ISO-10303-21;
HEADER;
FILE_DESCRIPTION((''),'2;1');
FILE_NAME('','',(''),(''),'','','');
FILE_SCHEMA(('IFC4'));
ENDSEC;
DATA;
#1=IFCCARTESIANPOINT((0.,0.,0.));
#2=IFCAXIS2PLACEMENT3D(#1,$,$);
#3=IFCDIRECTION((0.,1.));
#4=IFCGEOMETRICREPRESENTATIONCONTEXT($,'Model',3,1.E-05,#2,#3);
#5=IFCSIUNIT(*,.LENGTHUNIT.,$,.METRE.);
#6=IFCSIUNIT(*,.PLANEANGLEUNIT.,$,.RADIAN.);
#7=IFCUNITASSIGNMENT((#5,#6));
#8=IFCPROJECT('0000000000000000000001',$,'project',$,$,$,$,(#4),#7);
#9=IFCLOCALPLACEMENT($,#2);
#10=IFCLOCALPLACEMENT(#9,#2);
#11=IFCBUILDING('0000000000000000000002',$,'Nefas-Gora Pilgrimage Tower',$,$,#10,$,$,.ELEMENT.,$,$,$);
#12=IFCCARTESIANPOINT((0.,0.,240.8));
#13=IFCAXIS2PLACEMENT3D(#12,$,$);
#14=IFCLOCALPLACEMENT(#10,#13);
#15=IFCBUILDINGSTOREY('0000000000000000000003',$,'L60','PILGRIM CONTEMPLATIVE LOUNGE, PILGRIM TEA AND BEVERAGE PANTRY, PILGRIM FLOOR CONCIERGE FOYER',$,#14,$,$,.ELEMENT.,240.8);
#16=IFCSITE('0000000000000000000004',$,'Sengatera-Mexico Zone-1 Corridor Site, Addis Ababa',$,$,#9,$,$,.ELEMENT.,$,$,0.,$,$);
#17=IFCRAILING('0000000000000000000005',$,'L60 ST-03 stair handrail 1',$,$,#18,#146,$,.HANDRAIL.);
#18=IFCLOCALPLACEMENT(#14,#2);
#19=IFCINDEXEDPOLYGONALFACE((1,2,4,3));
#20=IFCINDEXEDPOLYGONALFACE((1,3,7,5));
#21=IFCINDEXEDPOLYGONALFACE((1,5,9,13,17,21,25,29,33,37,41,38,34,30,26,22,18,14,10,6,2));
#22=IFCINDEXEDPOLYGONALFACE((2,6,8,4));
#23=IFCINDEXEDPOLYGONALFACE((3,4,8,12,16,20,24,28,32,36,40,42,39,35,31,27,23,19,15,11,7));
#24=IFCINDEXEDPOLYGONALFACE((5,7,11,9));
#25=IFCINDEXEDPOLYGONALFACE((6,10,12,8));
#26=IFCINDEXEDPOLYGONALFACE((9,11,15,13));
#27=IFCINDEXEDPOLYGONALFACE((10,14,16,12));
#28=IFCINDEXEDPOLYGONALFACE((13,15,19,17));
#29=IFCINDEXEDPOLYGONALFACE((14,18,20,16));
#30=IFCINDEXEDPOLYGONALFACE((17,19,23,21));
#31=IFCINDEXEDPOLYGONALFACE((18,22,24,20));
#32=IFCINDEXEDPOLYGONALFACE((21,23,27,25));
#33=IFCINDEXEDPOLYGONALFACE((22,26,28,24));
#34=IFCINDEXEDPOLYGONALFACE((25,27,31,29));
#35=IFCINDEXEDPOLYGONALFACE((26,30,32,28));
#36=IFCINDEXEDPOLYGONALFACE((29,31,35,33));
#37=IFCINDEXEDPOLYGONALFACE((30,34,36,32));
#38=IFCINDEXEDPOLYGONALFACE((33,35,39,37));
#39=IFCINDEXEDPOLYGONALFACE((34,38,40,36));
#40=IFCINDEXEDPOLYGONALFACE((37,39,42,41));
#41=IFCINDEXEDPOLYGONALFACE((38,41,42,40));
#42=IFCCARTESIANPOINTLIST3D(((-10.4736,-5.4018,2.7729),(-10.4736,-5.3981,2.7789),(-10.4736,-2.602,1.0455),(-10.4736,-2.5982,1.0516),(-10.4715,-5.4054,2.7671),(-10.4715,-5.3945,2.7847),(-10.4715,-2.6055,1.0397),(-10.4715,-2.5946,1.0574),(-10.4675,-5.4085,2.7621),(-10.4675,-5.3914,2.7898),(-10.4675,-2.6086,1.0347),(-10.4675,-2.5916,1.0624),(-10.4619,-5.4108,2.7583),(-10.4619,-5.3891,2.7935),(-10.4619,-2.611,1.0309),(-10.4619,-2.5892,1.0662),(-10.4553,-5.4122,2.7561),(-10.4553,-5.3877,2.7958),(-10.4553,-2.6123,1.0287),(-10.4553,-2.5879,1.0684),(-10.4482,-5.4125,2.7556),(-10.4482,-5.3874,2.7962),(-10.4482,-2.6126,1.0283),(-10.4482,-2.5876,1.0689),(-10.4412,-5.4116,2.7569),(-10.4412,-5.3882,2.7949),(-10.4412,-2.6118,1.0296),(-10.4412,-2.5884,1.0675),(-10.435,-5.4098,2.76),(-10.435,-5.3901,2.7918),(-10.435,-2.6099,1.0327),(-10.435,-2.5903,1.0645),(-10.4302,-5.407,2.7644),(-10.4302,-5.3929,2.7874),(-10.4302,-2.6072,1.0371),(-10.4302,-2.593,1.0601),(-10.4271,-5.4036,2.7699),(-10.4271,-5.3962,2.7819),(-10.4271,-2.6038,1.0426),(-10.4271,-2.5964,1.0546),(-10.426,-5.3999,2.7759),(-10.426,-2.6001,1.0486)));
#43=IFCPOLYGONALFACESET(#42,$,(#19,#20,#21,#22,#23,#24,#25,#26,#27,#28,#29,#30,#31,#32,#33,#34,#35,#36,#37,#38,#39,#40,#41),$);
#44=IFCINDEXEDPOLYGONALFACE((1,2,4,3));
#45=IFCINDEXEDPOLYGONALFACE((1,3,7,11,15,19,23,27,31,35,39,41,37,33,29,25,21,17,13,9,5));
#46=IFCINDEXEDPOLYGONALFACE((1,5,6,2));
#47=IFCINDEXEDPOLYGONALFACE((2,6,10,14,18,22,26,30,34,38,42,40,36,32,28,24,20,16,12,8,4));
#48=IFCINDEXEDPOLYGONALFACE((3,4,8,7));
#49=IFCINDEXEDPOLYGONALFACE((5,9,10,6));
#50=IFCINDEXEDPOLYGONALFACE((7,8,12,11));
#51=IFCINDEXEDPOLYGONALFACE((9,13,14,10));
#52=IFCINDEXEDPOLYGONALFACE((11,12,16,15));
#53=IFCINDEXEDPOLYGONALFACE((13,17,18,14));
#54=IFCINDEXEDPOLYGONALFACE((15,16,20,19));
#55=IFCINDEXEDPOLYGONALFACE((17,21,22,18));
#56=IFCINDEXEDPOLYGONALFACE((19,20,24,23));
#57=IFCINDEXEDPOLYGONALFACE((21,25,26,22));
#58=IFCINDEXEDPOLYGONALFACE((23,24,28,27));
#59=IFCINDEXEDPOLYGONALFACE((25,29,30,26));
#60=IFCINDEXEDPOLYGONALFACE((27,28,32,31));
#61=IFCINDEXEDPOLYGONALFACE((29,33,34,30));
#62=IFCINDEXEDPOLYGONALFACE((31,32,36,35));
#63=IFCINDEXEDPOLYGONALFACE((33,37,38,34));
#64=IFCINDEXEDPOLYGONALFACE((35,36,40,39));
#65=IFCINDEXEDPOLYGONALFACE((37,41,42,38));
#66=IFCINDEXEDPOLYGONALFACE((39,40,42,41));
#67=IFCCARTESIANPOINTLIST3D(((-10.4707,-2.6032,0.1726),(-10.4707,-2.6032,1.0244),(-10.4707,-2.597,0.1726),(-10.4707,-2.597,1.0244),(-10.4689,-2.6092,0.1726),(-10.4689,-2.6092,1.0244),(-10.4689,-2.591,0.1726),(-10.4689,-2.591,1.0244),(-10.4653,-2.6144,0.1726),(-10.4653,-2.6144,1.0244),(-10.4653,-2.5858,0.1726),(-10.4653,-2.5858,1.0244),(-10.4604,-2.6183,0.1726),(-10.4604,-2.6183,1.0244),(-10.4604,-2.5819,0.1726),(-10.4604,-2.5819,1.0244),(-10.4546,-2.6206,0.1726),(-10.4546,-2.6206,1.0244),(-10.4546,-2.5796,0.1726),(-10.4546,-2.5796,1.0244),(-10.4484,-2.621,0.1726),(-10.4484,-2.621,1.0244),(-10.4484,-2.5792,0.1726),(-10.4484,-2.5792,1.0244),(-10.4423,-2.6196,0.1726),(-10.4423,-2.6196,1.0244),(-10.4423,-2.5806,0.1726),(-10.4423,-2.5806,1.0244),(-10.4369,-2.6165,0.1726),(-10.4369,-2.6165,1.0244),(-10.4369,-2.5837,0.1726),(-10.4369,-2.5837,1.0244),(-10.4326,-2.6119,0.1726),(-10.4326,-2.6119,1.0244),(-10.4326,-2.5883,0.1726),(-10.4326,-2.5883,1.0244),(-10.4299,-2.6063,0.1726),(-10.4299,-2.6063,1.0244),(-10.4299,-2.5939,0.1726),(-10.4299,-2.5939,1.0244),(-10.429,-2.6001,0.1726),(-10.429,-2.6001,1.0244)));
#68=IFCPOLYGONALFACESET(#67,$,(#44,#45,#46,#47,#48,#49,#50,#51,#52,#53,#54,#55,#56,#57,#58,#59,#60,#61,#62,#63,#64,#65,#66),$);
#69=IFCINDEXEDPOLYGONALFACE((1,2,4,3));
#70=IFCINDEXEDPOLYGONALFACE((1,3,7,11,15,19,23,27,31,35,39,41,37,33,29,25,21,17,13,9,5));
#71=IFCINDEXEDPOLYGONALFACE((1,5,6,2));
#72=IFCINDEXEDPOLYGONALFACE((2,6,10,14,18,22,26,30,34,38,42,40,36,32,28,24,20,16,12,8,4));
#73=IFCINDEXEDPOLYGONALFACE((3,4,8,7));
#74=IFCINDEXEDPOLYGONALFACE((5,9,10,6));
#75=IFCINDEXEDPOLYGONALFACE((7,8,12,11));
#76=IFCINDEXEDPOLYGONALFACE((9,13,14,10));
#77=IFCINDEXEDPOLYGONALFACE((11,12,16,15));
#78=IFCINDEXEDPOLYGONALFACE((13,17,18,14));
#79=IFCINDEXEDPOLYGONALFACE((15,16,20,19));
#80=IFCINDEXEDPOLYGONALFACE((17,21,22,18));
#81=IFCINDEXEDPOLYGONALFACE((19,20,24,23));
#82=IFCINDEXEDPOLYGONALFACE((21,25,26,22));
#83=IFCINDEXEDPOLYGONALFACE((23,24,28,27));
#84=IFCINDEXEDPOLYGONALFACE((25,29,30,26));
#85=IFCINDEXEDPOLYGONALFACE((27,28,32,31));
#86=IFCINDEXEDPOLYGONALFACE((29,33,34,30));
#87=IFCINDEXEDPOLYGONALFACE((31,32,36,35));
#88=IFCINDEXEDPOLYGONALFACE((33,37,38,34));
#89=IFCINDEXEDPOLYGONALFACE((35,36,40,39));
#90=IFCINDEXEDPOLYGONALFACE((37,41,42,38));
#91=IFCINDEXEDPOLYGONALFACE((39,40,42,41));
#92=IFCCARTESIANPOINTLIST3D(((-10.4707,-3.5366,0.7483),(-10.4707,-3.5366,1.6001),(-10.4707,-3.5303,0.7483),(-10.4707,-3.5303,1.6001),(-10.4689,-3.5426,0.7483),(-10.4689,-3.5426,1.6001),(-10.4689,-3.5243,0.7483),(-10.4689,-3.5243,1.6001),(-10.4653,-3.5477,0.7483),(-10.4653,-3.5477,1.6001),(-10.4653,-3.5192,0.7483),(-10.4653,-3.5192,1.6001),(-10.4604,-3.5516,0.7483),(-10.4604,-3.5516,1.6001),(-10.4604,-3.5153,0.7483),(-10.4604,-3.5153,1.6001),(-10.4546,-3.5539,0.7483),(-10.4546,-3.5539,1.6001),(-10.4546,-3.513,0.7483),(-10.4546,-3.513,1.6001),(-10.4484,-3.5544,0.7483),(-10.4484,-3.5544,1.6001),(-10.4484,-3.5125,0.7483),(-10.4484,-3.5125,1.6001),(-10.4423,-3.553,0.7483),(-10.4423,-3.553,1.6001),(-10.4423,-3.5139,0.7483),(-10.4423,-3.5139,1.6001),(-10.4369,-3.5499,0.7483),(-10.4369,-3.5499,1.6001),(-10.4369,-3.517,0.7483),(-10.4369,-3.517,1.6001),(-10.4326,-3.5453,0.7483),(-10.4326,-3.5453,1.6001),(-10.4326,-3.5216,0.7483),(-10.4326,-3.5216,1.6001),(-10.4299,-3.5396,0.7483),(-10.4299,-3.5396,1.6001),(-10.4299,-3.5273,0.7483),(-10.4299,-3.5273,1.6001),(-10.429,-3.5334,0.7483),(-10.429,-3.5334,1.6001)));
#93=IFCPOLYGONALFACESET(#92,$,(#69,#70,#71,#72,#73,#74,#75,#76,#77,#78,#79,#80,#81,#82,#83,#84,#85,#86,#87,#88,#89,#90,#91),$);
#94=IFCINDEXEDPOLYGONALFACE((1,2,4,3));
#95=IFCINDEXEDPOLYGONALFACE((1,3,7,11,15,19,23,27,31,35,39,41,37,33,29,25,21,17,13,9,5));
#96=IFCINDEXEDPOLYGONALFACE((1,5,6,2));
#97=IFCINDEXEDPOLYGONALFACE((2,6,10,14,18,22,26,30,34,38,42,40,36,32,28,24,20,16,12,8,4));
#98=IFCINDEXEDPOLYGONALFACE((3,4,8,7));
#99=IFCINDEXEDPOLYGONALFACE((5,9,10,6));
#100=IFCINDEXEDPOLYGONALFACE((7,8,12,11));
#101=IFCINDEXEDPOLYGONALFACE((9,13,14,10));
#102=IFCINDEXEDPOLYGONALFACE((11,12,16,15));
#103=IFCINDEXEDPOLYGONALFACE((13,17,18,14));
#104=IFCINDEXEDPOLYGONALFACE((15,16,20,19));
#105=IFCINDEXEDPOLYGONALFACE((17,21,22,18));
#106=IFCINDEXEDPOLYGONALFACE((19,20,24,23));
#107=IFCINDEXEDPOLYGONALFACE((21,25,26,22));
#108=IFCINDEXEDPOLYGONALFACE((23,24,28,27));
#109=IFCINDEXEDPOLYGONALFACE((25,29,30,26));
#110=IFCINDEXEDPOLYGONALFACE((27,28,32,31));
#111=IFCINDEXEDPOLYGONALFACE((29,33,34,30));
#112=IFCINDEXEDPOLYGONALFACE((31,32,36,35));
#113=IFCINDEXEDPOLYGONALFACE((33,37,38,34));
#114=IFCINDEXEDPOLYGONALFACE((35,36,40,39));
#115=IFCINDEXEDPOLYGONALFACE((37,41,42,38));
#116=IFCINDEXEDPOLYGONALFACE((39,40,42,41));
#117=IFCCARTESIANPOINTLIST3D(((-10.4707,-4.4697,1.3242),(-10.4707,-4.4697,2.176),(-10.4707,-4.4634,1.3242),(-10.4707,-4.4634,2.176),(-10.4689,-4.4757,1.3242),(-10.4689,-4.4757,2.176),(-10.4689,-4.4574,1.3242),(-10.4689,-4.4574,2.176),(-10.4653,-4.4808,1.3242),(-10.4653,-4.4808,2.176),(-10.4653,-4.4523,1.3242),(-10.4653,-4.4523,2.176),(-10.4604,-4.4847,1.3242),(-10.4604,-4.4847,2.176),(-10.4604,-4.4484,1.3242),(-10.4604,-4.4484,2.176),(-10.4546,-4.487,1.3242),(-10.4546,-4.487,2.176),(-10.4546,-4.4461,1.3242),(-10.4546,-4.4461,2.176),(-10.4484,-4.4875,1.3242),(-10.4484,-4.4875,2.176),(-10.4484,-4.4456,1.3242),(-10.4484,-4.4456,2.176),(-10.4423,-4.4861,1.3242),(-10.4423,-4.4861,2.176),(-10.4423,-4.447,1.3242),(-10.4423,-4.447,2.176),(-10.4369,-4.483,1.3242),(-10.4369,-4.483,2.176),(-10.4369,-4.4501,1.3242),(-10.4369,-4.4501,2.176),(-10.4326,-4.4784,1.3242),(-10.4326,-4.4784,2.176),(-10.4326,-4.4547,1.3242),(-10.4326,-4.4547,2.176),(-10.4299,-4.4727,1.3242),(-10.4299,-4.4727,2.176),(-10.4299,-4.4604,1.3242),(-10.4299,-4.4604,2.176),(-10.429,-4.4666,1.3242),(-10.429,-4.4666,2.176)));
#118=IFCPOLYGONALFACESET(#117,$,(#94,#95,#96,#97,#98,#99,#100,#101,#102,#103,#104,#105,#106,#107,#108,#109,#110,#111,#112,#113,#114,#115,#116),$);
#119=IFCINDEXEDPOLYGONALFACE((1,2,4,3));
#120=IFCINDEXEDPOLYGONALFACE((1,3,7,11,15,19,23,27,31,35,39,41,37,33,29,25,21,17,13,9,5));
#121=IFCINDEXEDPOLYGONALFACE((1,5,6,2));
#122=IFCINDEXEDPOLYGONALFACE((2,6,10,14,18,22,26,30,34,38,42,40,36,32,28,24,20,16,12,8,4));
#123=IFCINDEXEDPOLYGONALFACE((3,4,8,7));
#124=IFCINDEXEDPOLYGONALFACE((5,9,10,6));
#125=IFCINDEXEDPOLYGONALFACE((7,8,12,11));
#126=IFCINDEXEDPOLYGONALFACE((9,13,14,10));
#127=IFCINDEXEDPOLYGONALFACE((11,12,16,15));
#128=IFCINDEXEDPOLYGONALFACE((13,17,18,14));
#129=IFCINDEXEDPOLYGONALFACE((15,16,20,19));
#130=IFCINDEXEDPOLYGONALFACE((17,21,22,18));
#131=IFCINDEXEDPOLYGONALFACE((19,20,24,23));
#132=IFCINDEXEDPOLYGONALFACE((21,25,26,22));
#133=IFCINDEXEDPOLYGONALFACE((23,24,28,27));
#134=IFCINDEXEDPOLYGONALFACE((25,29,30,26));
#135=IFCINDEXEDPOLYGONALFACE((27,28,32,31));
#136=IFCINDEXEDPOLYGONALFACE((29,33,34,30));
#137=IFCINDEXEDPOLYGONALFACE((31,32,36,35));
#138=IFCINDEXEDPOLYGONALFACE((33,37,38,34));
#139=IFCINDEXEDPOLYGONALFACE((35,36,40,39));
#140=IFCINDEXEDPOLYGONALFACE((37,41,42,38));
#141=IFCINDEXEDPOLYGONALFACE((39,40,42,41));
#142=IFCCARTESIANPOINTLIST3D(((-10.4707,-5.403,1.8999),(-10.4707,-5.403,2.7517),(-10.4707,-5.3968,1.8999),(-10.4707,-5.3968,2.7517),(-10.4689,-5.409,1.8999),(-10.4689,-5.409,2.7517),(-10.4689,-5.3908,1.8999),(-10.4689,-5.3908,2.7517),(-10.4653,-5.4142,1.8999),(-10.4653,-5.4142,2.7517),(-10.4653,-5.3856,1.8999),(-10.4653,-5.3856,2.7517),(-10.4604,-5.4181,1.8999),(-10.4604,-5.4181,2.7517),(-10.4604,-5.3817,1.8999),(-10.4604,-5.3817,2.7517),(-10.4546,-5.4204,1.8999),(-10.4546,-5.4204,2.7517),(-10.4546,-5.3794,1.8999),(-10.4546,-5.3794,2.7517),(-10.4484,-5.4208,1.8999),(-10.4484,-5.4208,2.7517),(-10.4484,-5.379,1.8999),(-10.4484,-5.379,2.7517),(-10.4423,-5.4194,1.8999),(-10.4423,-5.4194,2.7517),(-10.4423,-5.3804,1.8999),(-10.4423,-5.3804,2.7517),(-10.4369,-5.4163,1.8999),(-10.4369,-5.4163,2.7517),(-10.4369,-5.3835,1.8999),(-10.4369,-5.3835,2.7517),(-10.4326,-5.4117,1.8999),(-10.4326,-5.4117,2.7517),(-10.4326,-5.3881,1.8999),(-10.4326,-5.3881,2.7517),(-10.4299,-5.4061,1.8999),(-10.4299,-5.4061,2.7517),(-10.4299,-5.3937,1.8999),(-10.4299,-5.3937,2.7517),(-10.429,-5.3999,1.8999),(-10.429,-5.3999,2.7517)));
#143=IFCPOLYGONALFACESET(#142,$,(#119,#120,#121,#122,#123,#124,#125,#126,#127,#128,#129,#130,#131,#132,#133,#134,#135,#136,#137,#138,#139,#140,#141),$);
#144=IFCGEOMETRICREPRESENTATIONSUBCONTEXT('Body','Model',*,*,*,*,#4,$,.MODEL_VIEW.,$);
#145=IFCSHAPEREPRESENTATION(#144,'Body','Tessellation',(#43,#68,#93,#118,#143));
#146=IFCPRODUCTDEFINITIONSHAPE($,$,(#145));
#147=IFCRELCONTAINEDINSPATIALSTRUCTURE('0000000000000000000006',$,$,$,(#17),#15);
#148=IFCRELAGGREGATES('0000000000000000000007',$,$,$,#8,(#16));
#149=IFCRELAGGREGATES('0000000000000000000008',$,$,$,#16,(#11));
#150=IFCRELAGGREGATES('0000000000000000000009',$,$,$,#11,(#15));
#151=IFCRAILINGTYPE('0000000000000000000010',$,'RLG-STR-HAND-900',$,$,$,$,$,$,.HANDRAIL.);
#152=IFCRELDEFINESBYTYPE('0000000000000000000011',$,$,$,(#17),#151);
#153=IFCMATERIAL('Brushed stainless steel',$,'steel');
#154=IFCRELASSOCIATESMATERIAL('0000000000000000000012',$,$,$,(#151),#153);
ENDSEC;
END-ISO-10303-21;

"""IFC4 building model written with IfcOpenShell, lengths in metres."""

from ifc_helpers import new_model, si_unit, direction, frame, origin, origin_2d, place, context, subcontext, project, spatial, circle, extrude, material, type_object, element, save


model = new_model("IFC4")

# Units and contexts
model_context = context("Model", 3, precision=1e-05, world=origin(), true_north=direction((0.0, 1.0)))
body_context = subcontext(model_context, "Body", "Model", "MODEL_VIEW")
ifc_project = project(units=[si_unit("LENGTHUNIT", "METRE"), si_unit("PLANEANGLEUNIT", "RADIAN")], contexts=[model_context])

# Site, building, storey
site_placement = place(None, origin())
site = spatial("IfcSite", under=ifc_project, at=site_placement, Name="Sengatera-Mexico Zone-1 Corridor Site, Addis Ababa", CompositionType="ELEMENT", RefElevation=0.0)
building_placement = place(site_placement, origin())
building = spatial("IfcBuilding", under=site, at=building_placement, Name="Nefas-Gora Pilgrimage Tower", CompositionType="ELEMENT")
storey_placement = place(building_placement, frame((0.0, 0.0, 240.8)))
storey = spatial("IfcBuildingStorey", under=building, at=storey_placement, Name="L60", Description="PILGRIM CONTEMPLATIVE LOUNGE, PILGRIM TEA AND BEVERAGE PANTRY, PILGRIM FLOOR CONCIERGE FOYER", CompositionType="ELEMENT", Elevation=240.8)

# Railing
ifc_material_1 = material(Name="Brushed stainless steel", Category="steel")
railing_type_1 = type_object("IfcRailingType", Name="RLG-STR-HAND-900", PredefinedType="HANDRAIL", material=ifc_material_1)
railing_1_placement = place(storey_placement, frame((-10.45, -2.6001, 0.1726)))
element("IfcRailing", 1, at=railing_1_placement, inside=storey, type_object=railing_type_1, Name="L60 ST-03 stair handrail 1", PredefinedType="HANDRAIL", context=body_context, shape_type="SweptSolid", body=[
    extrude(circle(Radius=0.0239, at=origin_2d()), frame((0.0, 0.0, 0.876), z_axis=(0.0, -0.851069, 0.525054), x_axis=(1.0, 0.0, 0.0)), (0.0, 0.0, 1.0), 3.2898),
    extrude(circle(Radius=0.021, at=origin_2d()), origin(), (0.0, 0.0, 1.0), 0.8518),
    extrude(circle(Radius=0.021, at=origin_2d()), frame((0.0, -0.9333, 0.5757)), (0.0, 0.0, 1.0), 0.8518),
    extrude(circle(Radius=0.021, at=origin_2d()), frame((0.0, -1.8665, 1.1516)), (0.0, 0.0, 1.0), 0.8518),
    extrude(circle(Radius=0.021, at=origin_2d()), frame((0.0, -2.7998, 1.7273)), (0.0, 0.0, 1.0), 0.8518),
])

save(model, "model.ifc")
